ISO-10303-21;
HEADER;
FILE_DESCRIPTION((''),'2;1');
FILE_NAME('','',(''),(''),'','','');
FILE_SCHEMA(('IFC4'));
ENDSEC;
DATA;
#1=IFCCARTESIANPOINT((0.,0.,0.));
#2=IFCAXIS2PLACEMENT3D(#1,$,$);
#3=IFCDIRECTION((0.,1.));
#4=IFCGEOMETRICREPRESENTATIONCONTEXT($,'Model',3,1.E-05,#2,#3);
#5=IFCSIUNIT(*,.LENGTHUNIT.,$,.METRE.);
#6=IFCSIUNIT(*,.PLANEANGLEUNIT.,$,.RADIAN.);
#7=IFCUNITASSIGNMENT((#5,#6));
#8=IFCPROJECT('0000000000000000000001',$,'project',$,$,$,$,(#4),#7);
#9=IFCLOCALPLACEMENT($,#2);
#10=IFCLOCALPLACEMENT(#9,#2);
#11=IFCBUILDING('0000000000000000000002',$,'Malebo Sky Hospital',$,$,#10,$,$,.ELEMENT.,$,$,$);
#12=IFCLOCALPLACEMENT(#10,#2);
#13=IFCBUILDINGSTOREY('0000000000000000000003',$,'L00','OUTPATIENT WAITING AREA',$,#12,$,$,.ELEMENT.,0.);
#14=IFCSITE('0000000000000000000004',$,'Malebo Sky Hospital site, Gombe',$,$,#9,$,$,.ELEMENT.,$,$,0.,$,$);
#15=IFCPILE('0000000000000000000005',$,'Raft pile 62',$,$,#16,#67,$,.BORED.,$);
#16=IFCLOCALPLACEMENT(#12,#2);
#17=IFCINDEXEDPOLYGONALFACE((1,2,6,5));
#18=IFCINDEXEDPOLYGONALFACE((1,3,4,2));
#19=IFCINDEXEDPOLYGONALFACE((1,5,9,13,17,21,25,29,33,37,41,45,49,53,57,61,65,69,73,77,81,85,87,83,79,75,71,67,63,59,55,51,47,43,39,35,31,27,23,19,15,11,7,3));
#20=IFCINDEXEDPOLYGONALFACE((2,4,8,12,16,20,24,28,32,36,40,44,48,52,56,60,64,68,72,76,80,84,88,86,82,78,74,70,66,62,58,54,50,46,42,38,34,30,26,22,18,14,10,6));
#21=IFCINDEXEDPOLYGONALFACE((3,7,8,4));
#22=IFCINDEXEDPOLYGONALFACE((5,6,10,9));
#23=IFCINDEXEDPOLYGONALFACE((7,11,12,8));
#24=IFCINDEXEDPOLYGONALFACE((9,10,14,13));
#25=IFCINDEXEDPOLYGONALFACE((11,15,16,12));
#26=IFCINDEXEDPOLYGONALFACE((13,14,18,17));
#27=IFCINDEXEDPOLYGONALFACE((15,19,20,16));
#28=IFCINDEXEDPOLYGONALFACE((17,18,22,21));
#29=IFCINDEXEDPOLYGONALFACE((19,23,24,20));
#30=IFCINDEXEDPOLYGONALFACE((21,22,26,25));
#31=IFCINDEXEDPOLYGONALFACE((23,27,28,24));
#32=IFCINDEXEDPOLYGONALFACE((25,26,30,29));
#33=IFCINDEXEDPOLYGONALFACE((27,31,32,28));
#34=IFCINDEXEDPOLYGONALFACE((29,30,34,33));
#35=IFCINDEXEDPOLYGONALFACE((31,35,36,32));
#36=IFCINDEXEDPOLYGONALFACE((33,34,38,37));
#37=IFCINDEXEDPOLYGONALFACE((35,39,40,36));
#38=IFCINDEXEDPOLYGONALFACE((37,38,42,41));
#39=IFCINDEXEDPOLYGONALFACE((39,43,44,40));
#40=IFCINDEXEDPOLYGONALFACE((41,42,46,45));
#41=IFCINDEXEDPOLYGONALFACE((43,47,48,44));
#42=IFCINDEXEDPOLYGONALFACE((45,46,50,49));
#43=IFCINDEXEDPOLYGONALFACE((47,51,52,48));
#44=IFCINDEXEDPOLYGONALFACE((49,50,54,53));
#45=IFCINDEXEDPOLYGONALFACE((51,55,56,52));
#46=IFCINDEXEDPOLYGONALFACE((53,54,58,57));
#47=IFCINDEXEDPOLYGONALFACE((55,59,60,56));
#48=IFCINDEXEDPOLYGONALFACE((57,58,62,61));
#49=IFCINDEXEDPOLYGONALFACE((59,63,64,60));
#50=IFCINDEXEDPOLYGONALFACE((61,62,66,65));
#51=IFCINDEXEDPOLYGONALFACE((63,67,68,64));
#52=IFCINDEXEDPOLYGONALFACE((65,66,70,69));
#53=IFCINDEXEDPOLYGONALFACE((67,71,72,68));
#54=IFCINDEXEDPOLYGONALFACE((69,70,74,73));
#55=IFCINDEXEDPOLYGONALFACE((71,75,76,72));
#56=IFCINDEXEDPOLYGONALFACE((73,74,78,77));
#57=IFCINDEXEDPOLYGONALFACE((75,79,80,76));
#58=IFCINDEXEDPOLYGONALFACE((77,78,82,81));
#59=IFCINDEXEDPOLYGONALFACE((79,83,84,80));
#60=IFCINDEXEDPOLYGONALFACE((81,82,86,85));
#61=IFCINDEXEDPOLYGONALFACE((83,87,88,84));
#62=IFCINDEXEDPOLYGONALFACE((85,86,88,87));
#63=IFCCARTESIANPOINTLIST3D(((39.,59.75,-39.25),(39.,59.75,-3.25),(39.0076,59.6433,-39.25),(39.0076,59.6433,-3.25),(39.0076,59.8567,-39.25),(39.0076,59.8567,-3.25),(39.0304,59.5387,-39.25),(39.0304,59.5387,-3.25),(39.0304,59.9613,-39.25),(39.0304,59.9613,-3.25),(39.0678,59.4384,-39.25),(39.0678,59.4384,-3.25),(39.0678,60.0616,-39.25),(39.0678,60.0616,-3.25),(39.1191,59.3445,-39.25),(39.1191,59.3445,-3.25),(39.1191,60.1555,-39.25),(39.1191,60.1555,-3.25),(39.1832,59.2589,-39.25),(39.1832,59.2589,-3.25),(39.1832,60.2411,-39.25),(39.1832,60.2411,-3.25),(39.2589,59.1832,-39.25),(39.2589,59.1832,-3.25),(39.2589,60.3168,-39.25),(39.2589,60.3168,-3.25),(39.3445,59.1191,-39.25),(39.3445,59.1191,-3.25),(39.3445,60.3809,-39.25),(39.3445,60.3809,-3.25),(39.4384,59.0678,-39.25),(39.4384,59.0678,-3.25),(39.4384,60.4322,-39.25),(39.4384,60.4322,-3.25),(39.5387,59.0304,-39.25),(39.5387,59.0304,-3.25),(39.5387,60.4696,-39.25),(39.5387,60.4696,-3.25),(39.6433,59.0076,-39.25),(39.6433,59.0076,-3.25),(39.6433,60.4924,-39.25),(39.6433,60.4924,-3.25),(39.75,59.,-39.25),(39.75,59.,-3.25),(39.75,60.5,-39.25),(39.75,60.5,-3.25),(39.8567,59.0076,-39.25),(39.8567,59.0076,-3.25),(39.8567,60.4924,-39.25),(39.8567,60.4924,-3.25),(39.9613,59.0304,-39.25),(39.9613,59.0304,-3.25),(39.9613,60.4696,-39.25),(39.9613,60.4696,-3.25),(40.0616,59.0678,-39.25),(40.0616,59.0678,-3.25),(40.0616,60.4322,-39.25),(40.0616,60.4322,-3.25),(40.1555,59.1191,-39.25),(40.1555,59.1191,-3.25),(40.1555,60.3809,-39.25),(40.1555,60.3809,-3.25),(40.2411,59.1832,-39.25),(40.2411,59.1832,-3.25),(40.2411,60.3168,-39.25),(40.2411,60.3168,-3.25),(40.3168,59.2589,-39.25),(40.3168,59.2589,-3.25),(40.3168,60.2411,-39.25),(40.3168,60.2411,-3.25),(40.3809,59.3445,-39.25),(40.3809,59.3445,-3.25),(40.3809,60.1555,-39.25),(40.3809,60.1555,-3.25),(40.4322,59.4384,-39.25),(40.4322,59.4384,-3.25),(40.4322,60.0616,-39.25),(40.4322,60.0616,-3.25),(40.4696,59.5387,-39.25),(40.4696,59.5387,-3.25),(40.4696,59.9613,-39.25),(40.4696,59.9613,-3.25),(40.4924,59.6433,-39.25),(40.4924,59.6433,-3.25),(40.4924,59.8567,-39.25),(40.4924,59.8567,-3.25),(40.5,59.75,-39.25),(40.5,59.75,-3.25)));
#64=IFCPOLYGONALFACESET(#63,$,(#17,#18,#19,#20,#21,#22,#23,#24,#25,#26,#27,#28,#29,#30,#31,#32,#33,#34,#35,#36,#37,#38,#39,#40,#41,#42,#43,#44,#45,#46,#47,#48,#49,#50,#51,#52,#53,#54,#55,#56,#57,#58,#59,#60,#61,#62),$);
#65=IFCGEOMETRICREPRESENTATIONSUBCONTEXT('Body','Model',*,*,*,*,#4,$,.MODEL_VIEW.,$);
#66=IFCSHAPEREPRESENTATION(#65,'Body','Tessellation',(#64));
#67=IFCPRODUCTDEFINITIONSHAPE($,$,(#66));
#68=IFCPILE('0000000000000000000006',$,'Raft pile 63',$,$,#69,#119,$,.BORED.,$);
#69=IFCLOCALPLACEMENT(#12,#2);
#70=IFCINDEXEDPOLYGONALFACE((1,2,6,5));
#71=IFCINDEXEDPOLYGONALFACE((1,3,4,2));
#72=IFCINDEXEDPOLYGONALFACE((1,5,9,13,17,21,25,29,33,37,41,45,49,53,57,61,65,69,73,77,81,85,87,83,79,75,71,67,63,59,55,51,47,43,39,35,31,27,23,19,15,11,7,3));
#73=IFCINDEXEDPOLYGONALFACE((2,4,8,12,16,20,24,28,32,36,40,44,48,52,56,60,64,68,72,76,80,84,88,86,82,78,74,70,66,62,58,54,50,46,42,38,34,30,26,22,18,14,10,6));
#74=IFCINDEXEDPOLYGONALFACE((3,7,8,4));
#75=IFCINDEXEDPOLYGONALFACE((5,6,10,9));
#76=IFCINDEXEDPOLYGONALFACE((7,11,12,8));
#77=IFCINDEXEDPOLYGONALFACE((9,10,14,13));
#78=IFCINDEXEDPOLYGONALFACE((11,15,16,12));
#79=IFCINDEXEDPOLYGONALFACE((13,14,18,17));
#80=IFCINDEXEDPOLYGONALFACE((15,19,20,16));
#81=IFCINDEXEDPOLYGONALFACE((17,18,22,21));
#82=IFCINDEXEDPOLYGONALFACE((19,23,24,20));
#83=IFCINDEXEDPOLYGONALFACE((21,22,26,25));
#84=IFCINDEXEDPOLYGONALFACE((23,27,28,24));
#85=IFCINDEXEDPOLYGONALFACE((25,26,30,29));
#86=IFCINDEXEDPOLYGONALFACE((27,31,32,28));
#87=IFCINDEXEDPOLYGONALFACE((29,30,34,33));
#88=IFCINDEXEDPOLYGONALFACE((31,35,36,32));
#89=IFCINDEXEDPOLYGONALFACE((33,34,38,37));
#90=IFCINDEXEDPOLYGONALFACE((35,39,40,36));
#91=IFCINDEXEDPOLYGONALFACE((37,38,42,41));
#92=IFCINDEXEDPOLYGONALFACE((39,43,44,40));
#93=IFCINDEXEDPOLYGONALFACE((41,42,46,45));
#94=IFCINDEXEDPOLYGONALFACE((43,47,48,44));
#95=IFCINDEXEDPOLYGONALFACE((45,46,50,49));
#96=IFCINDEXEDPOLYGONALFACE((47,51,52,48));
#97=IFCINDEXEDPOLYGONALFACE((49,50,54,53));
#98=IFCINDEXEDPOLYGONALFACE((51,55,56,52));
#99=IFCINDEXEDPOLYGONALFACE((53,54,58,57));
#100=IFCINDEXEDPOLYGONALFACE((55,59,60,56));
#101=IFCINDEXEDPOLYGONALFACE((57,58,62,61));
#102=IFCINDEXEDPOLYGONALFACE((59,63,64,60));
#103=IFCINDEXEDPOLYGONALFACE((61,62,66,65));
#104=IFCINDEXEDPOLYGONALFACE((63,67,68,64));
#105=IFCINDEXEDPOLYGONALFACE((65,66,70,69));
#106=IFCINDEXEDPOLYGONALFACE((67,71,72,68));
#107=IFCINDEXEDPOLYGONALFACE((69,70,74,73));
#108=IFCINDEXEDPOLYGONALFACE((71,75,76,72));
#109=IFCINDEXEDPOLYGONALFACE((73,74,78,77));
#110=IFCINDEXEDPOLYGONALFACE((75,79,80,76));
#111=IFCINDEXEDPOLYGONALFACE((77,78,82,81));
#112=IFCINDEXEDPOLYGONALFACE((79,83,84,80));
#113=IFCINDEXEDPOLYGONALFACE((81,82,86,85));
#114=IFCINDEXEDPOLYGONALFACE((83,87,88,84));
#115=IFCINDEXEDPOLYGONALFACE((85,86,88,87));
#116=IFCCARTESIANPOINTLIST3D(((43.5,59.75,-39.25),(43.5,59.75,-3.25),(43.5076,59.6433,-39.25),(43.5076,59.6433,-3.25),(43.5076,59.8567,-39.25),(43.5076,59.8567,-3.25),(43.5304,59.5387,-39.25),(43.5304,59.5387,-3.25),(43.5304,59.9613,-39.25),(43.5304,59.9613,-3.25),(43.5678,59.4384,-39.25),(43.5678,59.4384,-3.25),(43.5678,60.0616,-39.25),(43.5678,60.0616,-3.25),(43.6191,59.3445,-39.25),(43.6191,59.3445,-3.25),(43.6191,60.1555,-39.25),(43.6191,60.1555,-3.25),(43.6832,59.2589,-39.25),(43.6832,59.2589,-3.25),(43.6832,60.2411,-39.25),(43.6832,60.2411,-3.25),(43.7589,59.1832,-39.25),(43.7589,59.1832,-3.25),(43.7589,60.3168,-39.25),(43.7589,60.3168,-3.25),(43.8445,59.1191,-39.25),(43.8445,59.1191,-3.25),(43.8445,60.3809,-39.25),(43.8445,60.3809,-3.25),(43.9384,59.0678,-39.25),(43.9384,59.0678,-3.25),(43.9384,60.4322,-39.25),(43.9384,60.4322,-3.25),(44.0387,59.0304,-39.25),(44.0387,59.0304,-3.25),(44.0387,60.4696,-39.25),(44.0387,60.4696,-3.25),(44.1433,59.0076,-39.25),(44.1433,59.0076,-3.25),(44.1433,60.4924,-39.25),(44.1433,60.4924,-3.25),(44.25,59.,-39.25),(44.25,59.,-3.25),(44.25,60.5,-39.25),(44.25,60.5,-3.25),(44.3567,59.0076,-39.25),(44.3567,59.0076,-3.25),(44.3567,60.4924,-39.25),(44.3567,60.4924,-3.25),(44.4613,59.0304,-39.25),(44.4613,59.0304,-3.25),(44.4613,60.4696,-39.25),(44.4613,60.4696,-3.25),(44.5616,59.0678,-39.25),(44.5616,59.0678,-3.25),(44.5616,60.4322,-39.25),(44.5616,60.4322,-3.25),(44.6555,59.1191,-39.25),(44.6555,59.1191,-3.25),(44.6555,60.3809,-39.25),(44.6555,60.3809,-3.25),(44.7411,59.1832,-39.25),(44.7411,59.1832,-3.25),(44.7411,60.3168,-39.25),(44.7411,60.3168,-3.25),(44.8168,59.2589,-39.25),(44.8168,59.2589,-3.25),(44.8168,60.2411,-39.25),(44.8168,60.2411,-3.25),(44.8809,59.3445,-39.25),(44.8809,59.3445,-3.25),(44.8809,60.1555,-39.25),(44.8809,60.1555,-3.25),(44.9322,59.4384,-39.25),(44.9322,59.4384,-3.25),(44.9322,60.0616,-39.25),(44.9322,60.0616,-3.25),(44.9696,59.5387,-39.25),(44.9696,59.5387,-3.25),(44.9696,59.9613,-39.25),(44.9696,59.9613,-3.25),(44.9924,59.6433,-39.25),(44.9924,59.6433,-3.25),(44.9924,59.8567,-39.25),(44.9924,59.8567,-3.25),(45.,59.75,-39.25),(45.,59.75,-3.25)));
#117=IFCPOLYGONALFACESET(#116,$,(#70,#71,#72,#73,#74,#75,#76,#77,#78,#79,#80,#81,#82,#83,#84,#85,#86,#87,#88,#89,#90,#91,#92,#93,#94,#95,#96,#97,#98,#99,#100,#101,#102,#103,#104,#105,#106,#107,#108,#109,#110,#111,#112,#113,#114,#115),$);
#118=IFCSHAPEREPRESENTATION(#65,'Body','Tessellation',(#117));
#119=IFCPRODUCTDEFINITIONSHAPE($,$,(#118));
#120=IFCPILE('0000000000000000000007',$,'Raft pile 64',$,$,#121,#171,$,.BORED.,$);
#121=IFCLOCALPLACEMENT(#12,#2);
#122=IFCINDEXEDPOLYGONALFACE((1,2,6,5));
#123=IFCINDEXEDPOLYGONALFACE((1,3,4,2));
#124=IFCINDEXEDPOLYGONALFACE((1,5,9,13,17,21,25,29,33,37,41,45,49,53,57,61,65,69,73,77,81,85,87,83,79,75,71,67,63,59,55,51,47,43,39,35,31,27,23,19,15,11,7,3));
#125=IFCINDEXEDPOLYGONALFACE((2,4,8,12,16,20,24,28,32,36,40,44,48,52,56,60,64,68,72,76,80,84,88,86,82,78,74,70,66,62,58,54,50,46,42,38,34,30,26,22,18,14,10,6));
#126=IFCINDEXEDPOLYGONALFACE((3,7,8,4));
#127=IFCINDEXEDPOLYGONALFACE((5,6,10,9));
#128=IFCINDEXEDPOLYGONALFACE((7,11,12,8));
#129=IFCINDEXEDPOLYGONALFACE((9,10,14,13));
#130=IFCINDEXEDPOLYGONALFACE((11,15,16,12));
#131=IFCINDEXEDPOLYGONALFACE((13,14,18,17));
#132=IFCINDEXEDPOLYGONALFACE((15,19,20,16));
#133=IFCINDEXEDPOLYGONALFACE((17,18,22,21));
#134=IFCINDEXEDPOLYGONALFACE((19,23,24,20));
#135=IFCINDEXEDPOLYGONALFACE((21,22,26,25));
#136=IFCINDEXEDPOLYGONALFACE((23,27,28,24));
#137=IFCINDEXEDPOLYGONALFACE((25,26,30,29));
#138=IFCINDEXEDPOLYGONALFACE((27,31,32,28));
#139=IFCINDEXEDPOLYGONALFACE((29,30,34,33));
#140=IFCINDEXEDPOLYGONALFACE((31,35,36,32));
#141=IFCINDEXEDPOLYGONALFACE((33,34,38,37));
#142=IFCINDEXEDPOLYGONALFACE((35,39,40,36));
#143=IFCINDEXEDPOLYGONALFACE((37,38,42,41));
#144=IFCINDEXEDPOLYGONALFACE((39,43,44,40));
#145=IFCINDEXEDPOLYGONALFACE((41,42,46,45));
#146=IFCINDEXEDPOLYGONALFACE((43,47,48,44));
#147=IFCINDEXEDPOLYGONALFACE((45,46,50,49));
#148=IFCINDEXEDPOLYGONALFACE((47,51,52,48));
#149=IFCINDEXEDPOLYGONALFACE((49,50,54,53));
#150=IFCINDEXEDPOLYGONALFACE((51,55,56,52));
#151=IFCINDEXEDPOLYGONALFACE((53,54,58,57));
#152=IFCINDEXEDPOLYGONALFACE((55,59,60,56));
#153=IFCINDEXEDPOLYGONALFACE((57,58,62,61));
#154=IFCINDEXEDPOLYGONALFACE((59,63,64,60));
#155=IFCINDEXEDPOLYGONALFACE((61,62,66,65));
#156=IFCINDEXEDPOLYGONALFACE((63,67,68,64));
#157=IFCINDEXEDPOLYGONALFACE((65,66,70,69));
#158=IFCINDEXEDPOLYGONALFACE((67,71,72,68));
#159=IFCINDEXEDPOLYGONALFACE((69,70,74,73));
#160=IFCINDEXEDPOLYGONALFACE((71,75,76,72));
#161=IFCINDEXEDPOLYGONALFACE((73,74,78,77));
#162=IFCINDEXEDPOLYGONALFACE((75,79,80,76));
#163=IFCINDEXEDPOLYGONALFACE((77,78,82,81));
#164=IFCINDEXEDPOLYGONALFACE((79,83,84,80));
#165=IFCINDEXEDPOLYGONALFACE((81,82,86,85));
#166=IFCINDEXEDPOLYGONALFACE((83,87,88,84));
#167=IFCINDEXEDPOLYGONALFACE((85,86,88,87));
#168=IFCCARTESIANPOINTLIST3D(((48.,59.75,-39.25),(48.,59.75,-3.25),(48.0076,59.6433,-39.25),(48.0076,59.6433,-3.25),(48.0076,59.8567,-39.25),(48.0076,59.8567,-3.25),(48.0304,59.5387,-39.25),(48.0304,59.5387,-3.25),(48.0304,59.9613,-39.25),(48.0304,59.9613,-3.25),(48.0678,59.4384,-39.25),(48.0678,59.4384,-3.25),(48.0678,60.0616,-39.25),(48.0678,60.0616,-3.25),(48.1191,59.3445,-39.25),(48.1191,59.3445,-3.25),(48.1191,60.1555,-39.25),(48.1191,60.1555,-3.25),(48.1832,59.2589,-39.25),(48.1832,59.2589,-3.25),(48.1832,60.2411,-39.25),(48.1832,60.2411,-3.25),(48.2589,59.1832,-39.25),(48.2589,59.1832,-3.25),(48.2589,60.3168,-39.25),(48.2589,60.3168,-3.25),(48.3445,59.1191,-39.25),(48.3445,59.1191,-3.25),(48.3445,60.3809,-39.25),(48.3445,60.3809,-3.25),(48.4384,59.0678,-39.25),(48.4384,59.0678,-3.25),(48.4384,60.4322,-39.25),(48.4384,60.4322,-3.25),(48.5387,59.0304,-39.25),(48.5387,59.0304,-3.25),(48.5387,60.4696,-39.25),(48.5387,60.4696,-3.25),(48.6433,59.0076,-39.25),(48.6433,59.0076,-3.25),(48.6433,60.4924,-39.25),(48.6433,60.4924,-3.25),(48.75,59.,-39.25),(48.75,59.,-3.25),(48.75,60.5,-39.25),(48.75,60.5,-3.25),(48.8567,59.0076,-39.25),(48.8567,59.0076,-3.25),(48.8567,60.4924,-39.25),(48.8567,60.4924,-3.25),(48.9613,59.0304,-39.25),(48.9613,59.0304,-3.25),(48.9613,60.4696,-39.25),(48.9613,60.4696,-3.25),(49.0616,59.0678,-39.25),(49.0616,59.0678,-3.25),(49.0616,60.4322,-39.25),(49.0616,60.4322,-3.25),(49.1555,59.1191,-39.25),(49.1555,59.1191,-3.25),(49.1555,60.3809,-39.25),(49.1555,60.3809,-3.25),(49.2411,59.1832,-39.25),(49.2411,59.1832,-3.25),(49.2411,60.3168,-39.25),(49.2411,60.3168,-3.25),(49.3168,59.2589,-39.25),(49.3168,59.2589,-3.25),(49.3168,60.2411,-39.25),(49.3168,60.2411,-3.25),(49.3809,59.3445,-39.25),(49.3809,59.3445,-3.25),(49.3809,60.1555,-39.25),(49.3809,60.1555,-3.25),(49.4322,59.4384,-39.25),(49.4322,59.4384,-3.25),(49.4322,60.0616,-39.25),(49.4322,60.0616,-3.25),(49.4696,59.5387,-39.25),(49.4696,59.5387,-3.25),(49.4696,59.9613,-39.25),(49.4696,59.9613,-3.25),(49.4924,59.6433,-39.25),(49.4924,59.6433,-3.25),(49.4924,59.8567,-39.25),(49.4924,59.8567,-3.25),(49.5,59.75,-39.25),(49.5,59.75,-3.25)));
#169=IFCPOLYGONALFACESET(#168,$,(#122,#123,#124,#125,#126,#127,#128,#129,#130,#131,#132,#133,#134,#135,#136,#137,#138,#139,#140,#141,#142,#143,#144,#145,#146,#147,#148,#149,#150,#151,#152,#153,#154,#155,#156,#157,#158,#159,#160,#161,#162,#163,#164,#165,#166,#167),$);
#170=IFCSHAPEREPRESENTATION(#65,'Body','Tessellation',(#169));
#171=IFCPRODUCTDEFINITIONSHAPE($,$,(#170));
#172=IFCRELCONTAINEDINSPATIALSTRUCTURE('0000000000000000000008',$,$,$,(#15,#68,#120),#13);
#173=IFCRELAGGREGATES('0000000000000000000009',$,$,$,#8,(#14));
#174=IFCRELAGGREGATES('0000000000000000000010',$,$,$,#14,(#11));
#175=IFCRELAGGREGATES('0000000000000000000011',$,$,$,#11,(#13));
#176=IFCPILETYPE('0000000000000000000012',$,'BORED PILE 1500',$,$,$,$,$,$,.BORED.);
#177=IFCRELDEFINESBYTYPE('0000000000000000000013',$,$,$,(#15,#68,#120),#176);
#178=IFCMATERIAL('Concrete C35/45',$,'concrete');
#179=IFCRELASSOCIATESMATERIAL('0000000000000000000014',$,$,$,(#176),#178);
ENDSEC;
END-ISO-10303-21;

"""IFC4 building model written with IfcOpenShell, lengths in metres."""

from ifc_helpers import new_model, si_unit, direction, frame, origin, origin_2d, place, context, subcontext, project, spatial, circle, extrude, material, material_profile, profile_set, type_object, element, save


model = new_model("IFC4")

# Units and contexts
model_context = context("Model", 3, precision=1e-05, world=origin(), true_north=direction((0.0, 1.0)))
body_context = subcontext(model_context, "Body", "Model", "MODEL_VIEW")
ifc_project = project(units=[si_unit("LENGTHUNIT", "METRE"), si_unit("PLANEANGLEUNIT", "RADIAN")], contexts=[model_context])

# Site, building, storey
site_placement = place(None, origin())
site = spatial("IfcSite", under=ifc_project, at=site_placement, Name="Malebo Sky Hospital site, Gombe", CompositionType="ELEMENT", RefElevation=0.0)
building_placement = place(site_placement, origin())
building = spatial("IfcBuilding", under=site, at=building_placement, Name="Malebo Sky Hospital", CompositionType="ELEMENT")
storey_placement = place(building_placement, origin())
storey = spatial("IfcBuildingStorey", under=building, at=storey_placement, Name="L00", Description="OUTPATIENT WAITING AREA", CompositionType="ELEMENT", Elevation=0.0)

# Piles
ifc_material_1 = material(Name="Concrete C35/45", Category="concrete")
ifc_material_profile_1 = material_profile(ifc_material_1, circle(Radius=0.75, at=origin_2d()), Name="BP 1500")
ifc_profile_set_1 = profile_set([ifc_material_profile_1], Name="Concrete C35/45")
pile_type = type_object("IfcPileType", Name="BORED PILE 1500", PredefinedType="BORED", material=ifc_profile_set_1)
for number, where, z_axis, x_axis, name in (
    (1, (39.75, 59.75, -3.25), (0.0, 0.0, -1.0), (1.0, 0.0, 0.0), "Raft pile 62"),
    (2, (44.25, 59.75, -3.25), (0.0, 0.0, -1.0), (1.0, 0.0, 0.0), "Raft pile 63"),
    (3, (48.75, 59.75, -3.25), (0.0, 0.0, -1.0), (1.0, 0.0, 0.0), "Raft pile 64"),
):
    element("IfcPile", number, at=place(storey_placement, frame(where, z_axis=z_axis, x_axis=x_axis)), inside=storey, type_object=pile_type, Name=name, PredefinedType="BORED", context=body_context, shape_type="SweptSolid", body=[
        extrude(circle(Radius=0.75, at=origin_2d()), origin(), (0.0, 0.0, 1.0), 36.0),
    ])

save(model, "model.ifc")
